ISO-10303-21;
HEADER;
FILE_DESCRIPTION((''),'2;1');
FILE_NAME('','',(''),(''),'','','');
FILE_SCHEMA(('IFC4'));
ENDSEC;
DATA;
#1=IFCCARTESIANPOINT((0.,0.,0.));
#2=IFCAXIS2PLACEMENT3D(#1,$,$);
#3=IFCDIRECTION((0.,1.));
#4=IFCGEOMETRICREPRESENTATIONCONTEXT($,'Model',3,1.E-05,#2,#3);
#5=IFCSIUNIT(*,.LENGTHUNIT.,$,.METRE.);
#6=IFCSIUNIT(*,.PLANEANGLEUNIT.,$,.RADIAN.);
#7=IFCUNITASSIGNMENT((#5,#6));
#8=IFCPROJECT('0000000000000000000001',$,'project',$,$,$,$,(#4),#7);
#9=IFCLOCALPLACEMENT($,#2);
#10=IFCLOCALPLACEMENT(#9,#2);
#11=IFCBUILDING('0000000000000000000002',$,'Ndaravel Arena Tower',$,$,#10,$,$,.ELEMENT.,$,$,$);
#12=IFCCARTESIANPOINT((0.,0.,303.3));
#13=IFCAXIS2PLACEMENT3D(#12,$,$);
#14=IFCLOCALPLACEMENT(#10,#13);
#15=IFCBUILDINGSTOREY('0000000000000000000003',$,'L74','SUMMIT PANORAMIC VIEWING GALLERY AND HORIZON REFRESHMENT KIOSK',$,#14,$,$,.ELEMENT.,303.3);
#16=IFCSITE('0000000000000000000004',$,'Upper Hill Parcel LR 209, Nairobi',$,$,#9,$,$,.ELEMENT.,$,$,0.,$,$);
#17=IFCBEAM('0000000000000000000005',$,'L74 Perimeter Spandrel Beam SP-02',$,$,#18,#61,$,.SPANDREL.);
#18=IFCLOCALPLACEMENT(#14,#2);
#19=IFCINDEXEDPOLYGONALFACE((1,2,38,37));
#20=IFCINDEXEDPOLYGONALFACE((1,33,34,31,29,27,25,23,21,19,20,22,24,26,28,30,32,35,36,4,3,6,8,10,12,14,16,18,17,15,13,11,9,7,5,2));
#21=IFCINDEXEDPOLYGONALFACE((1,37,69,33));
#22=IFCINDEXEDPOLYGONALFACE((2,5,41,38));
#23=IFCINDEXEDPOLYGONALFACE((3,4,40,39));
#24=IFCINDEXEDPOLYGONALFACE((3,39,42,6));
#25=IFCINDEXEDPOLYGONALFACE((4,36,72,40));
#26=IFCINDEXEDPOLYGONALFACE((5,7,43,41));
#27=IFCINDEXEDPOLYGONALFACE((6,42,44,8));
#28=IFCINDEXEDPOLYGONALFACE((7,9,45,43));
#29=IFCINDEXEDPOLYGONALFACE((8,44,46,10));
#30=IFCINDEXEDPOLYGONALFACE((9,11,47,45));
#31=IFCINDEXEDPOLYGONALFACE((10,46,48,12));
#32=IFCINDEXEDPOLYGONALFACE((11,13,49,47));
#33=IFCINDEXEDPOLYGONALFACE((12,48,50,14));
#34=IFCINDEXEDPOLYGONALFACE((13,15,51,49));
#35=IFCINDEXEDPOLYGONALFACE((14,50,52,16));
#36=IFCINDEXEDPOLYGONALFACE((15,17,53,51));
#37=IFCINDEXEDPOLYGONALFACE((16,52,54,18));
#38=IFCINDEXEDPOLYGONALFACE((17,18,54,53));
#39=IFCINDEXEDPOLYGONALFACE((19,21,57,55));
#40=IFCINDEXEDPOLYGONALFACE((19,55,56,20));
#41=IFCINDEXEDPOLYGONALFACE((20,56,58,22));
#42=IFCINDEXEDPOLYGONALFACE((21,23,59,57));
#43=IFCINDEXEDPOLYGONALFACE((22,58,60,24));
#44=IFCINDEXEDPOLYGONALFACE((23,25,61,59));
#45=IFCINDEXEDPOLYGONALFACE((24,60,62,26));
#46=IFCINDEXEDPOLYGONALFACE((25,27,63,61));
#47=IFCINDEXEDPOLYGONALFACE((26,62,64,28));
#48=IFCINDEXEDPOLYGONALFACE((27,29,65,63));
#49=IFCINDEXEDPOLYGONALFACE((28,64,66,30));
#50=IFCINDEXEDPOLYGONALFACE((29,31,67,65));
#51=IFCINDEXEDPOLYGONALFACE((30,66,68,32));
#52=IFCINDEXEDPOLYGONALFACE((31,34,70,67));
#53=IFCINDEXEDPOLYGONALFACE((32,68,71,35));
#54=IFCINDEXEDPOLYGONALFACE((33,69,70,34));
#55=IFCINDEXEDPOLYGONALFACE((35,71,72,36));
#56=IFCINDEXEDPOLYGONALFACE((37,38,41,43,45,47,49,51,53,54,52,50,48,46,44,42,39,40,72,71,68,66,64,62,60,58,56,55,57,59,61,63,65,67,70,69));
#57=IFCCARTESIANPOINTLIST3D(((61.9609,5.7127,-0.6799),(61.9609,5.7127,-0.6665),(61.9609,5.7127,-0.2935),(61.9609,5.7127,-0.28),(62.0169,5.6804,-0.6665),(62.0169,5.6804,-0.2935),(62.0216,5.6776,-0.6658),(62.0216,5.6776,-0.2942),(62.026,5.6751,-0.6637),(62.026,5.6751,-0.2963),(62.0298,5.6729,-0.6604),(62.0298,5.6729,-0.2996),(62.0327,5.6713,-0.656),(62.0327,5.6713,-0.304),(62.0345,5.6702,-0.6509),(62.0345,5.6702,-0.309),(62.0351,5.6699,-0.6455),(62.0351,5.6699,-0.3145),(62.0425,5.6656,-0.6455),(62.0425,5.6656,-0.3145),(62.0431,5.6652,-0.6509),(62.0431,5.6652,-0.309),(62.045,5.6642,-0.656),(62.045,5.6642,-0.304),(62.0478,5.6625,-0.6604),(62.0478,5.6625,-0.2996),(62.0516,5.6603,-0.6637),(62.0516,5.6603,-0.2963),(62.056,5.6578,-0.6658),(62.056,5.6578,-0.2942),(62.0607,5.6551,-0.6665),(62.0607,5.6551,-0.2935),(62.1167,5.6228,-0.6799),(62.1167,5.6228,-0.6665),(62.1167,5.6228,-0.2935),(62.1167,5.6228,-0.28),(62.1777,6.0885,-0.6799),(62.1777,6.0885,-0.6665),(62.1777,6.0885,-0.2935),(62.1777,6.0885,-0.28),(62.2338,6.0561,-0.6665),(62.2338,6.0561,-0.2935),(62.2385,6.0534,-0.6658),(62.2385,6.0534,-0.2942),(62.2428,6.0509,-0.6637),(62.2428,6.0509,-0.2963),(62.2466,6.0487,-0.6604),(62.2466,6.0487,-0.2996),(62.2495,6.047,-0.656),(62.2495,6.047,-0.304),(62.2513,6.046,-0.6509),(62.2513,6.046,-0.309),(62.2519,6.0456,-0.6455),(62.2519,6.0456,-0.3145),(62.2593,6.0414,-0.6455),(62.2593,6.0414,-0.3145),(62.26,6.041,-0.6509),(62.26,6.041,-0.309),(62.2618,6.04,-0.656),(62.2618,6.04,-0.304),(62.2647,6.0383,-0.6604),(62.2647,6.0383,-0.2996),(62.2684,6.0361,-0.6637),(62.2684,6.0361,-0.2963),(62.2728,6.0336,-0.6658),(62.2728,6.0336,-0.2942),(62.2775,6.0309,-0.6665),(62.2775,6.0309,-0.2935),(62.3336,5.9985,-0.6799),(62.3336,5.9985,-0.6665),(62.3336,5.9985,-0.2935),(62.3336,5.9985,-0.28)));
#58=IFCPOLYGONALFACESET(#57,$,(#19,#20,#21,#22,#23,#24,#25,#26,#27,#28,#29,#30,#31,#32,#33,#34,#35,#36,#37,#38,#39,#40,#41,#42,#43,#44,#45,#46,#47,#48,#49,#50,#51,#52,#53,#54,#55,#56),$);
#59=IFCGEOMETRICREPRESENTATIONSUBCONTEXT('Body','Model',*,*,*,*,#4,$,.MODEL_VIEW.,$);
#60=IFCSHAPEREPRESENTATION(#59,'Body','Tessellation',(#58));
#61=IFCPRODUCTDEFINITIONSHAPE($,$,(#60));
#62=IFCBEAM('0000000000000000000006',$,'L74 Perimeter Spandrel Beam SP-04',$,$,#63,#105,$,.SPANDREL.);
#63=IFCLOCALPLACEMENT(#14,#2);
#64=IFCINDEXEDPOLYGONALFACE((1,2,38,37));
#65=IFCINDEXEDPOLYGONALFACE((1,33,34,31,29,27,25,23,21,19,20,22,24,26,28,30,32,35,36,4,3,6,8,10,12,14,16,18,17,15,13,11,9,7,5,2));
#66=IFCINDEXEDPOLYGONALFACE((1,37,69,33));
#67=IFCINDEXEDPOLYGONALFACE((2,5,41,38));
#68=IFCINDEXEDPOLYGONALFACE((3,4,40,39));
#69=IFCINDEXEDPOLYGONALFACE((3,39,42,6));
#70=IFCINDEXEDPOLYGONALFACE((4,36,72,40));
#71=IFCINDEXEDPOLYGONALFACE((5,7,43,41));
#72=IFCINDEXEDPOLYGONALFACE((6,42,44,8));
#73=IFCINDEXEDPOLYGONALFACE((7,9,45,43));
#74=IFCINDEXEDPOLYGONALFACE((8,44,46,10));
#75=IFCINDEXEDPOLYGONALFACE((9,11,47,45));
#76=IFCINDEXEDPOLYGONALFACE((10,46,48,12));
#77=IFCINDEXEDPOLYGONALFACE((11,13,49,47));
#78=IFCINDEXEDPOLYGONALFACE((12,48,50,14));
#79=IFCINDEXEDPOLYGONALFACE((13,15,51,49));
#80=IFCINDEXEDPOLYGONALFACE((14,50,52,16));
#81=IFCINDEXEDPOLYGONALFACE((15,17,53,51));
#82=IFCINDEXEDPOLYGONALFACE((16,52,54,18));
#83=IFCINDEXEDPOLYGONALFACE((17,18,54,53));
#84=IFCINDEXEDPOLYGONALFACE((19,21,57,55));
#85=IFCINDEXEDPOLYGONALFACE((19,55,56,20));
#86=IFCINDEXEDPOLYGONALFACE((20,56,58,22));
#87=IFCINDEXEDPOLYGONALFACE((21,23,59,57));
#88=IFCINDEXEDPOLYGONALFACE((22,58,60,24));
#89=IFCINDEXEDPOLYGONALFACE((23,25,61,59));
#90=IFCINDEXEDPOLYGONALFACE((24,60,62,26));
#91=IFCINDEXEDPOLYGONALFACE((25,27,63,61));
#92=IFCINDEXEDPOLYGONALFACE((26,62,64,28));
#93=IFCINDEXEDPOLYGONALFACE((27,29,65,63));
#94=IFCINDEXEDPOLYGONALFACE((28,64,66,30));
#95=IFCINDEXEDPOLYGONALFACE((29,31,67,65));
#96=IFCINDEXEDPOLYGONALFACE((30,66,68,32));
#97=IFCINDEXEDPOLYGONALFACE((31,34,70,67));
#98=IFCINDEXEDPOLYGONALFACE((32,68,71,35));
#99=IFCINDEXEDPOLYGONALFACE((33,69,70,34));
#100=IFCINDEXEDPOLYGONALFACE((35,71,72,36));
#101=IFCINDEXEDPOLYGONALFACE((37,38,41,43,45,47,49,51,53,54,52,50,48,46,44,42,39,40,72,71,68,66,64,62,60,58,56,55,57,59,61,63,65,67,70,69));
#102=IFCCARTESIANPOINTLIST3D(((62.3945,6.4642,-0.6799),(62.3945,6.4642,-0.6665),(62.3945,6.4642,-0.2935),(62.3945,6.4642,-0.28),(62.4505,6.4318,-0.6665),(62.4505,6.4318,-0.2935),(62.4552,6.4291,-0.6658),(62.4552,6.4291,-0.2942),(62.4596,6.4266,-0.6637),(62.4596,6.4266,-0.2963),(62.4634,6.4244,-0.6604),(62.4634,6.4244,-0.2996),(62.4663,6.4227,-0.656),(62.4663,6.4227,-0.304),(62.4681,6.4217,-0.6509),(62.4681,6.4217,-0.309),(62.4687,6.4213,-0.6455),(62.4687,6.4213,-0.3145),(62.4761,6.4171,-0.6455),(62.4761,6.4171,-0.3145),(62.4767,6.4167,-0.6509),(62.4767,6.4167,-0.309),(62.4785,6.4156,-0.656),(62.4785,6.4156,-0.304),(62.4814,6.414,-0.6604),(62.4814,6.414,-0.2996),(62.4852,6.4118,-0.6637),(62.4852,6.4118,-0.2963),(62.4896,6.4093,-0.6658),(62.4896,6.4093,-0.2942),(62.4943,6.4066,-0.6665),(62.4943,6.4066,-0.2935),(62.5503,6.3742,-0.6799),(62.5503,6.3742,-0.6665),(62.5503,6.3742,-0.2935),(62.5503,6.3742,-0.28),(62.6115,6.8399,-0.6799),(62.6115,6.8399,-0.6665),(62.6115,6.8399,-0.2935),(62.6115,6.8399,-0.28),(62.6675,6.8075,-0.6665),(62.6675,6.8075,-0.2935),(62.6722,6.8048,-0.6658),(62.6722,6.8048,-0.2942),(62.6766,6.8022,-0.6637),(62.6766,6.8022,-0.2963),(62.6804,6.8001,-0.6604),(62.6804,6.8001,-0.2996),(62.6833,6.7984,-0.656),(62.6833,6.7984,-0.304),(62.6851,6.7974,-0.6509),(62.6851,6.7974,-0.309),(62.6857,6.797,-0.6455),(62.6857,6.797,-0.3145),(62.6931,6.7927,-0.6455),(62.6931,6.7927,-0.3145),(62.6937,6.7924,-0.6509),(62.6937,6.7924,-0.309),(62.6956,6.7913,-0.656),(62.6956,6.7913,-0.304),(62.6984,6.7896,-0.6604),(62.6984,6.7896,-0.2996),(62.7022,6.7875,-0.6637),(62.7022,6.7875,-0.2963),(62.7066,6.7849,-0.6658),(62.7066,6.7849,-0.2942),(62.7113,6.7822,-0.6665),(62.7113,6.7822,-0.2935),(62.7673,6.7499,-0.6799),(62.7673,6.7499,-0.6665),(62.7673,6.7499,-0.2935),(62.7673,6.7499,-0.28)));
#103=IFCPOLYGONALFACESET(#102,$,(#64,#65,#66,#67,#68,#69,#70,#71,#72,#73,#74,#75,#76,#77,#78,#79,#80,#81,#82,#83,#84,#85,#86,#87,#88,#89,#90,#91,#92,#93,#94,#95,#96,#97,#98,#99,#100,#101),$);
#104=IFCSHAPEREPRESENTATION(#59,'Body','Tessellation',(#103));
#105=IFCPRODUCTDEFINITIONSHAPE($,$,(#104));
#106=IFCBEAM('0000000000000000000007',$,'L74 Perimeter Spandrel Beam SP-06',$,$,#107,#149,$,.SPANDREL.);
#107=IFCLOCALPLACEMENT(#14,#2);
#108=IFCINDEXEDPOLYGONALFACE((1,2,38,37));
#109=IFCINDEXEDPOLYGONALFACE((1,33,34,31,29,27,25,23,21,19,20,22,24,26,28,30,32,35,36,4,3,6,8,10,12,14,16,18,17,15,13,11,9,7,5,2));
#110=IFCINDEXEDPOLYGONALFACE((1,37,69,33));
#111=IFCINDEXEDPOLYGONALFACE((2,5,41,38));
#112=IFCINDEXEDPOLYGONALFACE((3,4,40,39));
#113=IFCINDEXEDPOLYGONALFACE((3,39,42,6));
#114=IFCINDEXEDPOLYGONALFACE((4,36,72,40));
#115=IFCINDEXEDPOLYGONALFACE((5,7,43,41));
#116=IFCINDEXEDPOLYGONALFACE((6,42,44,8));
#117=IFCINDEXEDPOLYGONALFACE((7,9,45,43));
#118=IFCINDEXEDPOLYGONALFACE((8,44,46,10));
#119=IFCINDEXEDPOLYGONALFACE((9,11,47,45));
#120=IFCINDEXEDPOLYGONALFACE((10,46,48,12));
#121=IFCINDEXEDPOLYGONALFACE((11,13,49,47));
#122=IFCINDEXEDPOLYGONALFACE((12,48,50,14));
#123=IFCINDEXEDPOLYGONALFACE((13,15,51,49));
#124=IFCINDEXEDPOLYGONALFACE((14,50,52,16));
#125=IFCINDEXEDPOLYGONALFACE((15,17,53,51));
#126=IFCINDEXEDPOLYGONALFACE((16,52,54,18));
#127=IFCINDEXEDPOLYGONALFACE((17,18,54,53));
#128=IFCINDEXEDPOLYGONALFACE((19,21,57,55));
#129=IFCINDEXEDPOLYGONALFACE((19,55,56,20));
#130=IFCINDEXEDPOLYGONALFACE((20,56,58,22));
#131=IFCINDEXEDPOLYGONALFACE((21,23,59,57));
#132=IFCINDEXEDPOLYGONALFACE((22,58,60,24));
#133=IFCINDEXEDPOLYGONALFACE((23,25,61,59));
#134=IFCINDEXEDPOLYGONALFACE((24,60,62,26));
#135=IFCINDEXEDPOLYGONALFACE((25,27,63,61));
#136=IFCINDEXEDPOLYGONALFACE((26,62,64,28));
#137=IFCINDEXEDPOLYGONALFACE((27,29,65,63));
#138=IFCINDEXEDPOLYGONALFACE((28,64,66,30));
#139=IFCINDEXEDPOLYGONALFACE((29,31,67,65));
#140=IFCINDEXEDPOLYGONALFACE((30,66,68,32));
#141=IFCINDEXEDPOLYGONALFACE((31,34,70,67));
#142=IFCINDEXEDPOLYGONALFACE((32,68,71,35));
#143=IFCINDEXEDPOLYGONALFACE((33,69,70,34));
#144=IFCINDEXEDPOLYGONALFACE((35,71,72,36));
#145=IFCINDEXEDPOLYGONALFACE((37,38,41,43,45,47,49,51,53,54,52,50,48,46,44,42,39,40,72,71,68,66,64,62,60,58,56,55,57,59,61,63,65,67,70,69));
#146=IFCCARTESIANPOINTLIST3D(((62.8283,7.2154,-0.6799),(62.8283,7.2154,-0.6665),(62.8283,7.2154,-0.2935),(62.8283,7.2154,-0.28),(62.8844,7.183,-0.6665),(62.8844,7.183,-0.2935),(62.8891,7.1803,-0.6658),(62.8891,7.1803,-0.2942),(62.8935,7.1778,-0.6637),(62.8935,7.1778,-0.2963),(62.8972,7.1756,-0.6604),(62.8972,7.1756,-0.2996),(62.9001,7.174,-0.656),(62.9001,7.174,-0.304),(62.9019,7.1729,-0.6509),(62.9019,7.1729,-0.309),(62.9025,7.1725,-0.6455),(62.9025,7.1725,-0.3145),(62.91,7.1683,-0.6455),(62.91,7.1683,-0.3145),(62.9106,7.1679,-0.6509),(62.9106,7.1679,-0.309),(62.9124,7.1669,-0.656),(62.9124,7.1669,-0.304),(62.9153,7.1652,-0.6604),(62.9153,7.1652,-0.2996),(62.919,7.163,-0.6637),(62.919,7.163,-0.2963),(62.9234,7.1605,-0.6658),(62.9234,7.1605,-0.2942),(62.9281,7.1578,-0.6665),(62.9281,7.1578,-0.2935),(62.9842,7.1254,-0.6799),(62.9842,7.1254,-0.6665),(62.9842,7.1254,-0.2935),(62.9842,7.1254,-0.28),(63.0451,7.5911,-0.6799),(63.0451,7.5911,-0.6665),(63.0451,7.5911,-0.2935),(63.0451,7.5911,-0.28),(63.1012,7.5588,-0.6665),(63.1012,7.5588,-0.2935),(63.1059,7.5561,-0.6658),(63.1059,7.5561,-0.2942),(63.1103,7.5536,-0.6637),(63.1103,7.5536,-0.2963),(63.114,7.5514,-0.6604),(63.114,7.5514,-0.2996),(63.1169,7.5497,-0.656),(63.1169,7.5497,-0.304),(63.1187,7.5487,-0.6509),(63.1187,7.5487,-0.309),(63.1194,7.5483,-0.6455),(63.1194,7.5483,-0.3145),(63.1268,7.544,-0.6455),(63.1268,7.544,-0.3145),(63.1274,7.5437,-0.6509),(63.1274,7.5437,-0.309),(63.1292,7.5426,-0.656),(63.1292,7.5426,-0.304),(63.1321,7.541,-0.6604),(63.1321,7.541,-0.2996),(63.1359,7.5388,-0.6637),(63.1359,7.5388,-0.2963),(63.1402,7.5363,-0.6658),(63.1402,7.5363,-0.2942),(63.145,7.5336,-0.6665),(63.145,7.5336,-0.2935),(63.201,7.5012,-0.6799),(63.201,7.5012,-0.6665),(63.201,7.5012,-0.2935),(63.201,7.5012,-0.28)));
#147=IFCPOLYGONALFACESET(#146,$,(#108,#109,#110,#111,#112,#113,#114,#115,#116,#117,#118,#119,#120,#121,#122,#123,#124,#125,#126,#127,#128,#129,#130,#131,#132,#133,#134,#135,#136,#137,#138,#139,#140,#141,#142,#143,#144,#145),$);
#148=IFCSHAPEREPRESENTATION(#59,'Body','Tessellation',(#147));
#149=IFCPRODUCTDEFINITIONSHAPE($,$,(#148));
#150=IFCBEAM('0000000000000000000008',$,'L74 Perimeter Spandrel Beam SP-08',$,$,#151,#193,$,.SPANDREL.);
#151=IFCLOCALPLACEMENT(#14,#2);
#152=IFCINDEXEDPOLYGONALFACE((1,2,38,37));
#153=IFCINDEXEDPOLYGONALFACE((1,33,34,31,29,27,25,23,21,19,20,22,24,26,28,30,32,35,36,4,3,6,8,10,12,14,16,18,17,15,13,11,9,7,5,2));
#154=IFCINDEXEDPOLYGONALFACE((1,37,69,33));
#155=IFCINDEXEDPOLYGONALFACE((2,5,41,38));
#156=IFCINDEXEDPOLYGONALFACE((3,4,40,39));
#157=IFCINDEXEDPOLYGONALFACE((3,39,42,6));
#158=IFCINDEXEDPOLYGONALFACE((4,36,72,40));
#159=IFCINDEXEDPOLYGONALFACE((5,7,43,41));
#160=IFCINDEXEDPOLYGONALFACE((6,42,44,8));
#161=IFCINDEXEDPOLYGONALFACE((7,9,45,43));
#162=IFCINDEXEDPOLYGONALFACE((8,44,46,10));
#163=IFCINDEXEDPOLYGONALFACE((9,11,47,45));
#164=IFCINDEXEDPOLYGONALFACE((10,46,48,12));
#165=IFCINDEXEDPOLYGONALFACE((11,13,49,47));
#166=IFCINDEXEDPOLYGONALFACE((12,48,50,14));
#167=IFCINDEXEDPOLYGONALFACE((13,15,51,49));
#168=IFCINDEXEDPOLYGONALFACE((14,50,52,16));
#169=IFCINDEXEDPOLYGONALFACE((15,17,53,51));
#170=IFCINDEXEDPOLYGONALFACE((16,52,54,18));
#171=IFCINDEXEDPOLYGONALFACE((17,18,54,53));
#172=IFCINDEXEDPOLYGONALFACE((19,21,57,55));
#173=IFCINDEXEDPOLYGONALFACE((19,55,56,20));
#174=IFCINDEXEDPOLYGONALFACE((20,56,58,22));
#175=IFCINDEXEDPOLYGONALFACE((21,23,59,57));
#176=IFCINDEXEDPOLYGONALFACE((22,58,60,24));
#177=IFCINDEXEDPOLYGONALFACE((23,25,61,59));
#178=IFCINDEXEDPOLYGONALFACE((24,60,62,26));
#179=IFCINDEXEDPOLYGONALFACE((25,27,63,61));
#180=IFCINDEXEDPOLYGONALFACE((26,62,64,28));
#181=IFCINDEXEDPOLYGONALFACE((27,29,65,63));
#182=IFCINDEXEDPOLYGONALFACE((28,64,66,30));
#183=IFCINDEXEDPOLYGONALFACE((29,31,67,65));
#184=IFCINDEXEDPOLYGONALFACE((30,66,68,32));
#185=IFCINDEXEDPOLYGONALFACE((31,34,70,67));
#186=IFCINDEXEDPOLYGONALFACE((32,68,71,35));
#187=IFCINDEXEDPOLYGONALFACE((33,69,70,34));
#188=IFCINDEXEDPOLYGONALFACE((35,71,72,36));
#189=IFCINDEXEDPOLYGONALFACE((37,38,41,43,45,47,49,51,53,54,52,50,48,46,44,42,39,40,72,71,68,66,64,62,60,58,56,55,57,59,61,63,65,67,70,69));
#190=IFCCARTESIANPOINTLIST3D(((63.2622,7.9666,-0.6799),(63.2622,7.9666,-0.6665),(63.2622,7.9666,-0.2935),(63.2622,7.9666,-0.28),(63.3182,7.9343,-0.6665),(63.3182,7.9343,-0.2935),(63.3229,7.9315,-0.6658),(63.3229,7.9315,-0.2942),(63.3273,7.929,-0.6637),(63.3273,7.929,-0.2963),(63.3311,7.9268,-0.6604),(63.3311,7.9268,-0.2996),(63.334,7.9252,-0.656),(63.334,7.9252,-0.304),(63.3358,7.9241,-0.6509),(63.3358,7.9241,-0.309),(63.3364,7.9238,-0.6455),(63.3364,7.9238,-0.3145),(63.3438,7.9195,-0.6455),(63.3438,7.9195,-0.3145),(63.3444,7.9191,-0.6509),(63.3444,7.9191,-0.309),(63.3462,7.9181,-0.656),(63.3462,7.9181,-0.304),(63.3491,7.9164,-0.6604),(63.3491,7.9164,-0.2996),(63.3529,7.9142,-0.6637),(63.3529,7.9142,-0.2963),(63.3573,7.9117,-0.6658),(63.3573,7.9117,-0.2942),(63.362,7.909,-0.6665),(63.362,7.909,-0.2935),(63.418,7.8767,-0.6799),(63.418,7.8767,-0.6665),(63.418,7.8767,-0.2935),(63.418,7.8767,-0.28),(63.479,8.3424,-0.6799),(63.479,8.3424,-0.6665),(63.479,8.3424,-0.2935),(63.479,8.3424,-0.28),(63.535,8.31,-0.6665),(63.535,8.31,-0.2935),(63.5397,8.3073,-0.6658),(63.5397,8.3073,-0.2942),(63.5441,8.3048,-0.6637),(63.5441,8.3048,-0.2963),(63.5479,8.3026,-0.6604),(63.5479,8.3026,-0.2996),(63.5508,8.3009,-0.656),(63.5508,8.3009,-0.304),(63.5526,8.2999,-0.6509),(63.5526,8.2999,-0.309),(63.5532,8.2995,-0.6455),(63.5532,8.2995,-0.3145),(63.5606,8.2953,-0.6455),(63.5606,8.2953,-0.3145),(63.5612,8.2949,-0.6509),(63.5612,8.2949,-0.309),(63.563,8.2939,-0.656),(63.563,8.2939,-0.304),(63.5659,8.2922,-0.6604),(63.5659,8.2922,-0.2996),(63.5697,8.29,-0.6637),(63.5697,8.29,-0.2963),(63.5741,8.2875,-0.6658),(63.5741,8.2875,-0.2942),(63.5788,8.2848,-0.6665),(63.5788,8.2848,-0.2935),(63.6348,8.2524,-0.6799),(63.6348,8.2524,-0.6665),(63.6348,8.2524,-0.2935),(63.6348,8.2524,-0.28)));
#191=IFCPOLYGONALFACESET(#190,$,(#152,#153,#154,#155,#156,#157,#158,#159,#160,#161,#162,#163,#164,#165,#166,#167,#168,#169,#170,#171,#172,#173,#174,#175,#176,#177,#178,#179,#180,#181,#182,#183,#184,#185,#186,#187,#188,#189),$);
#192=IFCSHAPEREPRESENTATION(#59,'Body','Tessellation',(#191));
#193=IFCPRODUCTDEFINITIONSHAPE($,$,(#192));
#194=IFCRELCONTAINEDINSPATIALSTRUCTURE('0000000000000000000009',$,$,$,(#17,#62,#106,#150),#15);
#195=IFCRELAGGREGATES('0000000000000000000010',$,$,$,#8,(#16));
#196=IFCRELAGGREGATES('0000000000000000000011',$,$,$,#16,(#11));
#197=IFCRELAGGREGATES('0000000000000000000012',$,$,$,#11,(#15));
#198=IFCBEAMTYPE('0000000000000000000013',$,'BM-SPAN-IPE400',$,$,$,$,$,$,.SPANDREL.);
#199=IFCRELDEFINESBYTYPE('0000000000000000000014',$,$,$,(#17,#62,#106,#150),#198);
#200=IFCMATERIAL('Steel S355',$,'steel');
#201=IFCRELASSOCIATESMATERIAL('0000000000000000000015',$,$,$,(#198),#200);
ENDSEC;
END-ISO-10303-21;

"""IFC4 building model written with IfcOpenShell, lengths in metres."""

from ifc_helpers import new_model, si_unit, direction, frame, origin, origin_2d, place, context, subcontext, project, spatial, i_section, extrude, material, material_profile, profile_set, type_object, element, save


model = new_model("IFC4")

# Units and contexts
model_context = context("Model", 3, precision=1e-05, world=origin(), true_north=direction((0.0, 1.0)))
body_context = subcontext(model_context, "Body", "Model", "MODEL_VIEW")
ifc_project = project(units=[si_unit("LENGTHUNIT", "METRE"), si_unit("PLANEANGLEUNIT", "RADIAN")], contexts=[model_context])

# Site, building, storey
site_placement = place(None, origin())
site = spatial("IfcSite", under=ifc_project, at=site_placement, Name="Upper Hill Parcel LR 209, Nairobi", CompositionType="ELEMENT", RefElevation=0.0)
building_placement = place(site_placement, origin())
building = spatial("IfcBuilding", under=site, at=building_placement, Name="Ndaravel Arena Tower", CompositionType="ELEMENT")
storey_placement = place(building_placement, frame((0.0, 0.0, 303.3)))
storey = spatial("IfcBuildingStorey", under=building, at=storey_placement, Name="L74", Description="SUMMIT PANORAMIC VIEWING GALLERY AND HORIZON REFRESHMENT KIOSK", CompositionType="ELEMENT", Elevation=303.3)

# Beams
ifc_material_1 = material(Name="Steel S355", Category="steel")
ifc_material_profile_1 = material_profile(ifc_material_1, i_section(OverallWidth=0.1799, OverallDepth=0.3999, WebThickness=0.0085, FlangeThickness=0.0134, FilletRadius=0.021, at=origin_2d()), Name="IPE 400")
ifc_profile_set_1 = profile_set([ifc_material_profile_1], Name="Steel S355")
beam_type = type_object("IfcBeamType", Name="BM-SPAN-IPE400", PredefinedType="SPANDREL", material=ifc_profile_set_1)
for number, where, z_axis, x_axis, name in (
    (1, (62.0388, 5.6677, -0.48), (0.499771, 0.866157, 0.0), (-0.866157, 0.499771, 0.0), "L74 Perimeter Spandrel Beam SP-02"),
    (2, (62.4724, 6.4192, -0.48), (0.500193, 0.865914, 0.0), (-0.865914, 0.500193, 0.0), "L74 Perimeter Spandrel Beam SP-04"),
    (3, (62.9062, 7.1704, -0.48), (0.499771, 0.866157, 0.0), (-0.866157, 0.499771, 0.0), "L74 Perimeter Spandrel Beam SP-06"),
    (4, (63.3401, 7.9216, -0.48), (0.499771, 0.866157, 0.0), (-0.866157, 0.499771, 0.0), "L74 Perimeter Spandrel Beam SP-08"),
):
    element("IfcBeam", number, at=place(storey_placement, frame(where, z_axis=z_axis, x_axis=x_axis)), inside=storey, type_object=beam_type, Name=name, PredefinedType="SPANDREL", context=body_context, shape_type="SweptSolid", body=[
        extrude(i_section(OverallWidth=0.1799, OverallDepth=0.3999, WebThickness=0.0085, FlangeThickness=0.0134, FilletRadius=0.021, at=origin_2d()), origin(), (0.0, 0.0, 1.0), 0.4338),
    ])

save(model, "model.ifc")
